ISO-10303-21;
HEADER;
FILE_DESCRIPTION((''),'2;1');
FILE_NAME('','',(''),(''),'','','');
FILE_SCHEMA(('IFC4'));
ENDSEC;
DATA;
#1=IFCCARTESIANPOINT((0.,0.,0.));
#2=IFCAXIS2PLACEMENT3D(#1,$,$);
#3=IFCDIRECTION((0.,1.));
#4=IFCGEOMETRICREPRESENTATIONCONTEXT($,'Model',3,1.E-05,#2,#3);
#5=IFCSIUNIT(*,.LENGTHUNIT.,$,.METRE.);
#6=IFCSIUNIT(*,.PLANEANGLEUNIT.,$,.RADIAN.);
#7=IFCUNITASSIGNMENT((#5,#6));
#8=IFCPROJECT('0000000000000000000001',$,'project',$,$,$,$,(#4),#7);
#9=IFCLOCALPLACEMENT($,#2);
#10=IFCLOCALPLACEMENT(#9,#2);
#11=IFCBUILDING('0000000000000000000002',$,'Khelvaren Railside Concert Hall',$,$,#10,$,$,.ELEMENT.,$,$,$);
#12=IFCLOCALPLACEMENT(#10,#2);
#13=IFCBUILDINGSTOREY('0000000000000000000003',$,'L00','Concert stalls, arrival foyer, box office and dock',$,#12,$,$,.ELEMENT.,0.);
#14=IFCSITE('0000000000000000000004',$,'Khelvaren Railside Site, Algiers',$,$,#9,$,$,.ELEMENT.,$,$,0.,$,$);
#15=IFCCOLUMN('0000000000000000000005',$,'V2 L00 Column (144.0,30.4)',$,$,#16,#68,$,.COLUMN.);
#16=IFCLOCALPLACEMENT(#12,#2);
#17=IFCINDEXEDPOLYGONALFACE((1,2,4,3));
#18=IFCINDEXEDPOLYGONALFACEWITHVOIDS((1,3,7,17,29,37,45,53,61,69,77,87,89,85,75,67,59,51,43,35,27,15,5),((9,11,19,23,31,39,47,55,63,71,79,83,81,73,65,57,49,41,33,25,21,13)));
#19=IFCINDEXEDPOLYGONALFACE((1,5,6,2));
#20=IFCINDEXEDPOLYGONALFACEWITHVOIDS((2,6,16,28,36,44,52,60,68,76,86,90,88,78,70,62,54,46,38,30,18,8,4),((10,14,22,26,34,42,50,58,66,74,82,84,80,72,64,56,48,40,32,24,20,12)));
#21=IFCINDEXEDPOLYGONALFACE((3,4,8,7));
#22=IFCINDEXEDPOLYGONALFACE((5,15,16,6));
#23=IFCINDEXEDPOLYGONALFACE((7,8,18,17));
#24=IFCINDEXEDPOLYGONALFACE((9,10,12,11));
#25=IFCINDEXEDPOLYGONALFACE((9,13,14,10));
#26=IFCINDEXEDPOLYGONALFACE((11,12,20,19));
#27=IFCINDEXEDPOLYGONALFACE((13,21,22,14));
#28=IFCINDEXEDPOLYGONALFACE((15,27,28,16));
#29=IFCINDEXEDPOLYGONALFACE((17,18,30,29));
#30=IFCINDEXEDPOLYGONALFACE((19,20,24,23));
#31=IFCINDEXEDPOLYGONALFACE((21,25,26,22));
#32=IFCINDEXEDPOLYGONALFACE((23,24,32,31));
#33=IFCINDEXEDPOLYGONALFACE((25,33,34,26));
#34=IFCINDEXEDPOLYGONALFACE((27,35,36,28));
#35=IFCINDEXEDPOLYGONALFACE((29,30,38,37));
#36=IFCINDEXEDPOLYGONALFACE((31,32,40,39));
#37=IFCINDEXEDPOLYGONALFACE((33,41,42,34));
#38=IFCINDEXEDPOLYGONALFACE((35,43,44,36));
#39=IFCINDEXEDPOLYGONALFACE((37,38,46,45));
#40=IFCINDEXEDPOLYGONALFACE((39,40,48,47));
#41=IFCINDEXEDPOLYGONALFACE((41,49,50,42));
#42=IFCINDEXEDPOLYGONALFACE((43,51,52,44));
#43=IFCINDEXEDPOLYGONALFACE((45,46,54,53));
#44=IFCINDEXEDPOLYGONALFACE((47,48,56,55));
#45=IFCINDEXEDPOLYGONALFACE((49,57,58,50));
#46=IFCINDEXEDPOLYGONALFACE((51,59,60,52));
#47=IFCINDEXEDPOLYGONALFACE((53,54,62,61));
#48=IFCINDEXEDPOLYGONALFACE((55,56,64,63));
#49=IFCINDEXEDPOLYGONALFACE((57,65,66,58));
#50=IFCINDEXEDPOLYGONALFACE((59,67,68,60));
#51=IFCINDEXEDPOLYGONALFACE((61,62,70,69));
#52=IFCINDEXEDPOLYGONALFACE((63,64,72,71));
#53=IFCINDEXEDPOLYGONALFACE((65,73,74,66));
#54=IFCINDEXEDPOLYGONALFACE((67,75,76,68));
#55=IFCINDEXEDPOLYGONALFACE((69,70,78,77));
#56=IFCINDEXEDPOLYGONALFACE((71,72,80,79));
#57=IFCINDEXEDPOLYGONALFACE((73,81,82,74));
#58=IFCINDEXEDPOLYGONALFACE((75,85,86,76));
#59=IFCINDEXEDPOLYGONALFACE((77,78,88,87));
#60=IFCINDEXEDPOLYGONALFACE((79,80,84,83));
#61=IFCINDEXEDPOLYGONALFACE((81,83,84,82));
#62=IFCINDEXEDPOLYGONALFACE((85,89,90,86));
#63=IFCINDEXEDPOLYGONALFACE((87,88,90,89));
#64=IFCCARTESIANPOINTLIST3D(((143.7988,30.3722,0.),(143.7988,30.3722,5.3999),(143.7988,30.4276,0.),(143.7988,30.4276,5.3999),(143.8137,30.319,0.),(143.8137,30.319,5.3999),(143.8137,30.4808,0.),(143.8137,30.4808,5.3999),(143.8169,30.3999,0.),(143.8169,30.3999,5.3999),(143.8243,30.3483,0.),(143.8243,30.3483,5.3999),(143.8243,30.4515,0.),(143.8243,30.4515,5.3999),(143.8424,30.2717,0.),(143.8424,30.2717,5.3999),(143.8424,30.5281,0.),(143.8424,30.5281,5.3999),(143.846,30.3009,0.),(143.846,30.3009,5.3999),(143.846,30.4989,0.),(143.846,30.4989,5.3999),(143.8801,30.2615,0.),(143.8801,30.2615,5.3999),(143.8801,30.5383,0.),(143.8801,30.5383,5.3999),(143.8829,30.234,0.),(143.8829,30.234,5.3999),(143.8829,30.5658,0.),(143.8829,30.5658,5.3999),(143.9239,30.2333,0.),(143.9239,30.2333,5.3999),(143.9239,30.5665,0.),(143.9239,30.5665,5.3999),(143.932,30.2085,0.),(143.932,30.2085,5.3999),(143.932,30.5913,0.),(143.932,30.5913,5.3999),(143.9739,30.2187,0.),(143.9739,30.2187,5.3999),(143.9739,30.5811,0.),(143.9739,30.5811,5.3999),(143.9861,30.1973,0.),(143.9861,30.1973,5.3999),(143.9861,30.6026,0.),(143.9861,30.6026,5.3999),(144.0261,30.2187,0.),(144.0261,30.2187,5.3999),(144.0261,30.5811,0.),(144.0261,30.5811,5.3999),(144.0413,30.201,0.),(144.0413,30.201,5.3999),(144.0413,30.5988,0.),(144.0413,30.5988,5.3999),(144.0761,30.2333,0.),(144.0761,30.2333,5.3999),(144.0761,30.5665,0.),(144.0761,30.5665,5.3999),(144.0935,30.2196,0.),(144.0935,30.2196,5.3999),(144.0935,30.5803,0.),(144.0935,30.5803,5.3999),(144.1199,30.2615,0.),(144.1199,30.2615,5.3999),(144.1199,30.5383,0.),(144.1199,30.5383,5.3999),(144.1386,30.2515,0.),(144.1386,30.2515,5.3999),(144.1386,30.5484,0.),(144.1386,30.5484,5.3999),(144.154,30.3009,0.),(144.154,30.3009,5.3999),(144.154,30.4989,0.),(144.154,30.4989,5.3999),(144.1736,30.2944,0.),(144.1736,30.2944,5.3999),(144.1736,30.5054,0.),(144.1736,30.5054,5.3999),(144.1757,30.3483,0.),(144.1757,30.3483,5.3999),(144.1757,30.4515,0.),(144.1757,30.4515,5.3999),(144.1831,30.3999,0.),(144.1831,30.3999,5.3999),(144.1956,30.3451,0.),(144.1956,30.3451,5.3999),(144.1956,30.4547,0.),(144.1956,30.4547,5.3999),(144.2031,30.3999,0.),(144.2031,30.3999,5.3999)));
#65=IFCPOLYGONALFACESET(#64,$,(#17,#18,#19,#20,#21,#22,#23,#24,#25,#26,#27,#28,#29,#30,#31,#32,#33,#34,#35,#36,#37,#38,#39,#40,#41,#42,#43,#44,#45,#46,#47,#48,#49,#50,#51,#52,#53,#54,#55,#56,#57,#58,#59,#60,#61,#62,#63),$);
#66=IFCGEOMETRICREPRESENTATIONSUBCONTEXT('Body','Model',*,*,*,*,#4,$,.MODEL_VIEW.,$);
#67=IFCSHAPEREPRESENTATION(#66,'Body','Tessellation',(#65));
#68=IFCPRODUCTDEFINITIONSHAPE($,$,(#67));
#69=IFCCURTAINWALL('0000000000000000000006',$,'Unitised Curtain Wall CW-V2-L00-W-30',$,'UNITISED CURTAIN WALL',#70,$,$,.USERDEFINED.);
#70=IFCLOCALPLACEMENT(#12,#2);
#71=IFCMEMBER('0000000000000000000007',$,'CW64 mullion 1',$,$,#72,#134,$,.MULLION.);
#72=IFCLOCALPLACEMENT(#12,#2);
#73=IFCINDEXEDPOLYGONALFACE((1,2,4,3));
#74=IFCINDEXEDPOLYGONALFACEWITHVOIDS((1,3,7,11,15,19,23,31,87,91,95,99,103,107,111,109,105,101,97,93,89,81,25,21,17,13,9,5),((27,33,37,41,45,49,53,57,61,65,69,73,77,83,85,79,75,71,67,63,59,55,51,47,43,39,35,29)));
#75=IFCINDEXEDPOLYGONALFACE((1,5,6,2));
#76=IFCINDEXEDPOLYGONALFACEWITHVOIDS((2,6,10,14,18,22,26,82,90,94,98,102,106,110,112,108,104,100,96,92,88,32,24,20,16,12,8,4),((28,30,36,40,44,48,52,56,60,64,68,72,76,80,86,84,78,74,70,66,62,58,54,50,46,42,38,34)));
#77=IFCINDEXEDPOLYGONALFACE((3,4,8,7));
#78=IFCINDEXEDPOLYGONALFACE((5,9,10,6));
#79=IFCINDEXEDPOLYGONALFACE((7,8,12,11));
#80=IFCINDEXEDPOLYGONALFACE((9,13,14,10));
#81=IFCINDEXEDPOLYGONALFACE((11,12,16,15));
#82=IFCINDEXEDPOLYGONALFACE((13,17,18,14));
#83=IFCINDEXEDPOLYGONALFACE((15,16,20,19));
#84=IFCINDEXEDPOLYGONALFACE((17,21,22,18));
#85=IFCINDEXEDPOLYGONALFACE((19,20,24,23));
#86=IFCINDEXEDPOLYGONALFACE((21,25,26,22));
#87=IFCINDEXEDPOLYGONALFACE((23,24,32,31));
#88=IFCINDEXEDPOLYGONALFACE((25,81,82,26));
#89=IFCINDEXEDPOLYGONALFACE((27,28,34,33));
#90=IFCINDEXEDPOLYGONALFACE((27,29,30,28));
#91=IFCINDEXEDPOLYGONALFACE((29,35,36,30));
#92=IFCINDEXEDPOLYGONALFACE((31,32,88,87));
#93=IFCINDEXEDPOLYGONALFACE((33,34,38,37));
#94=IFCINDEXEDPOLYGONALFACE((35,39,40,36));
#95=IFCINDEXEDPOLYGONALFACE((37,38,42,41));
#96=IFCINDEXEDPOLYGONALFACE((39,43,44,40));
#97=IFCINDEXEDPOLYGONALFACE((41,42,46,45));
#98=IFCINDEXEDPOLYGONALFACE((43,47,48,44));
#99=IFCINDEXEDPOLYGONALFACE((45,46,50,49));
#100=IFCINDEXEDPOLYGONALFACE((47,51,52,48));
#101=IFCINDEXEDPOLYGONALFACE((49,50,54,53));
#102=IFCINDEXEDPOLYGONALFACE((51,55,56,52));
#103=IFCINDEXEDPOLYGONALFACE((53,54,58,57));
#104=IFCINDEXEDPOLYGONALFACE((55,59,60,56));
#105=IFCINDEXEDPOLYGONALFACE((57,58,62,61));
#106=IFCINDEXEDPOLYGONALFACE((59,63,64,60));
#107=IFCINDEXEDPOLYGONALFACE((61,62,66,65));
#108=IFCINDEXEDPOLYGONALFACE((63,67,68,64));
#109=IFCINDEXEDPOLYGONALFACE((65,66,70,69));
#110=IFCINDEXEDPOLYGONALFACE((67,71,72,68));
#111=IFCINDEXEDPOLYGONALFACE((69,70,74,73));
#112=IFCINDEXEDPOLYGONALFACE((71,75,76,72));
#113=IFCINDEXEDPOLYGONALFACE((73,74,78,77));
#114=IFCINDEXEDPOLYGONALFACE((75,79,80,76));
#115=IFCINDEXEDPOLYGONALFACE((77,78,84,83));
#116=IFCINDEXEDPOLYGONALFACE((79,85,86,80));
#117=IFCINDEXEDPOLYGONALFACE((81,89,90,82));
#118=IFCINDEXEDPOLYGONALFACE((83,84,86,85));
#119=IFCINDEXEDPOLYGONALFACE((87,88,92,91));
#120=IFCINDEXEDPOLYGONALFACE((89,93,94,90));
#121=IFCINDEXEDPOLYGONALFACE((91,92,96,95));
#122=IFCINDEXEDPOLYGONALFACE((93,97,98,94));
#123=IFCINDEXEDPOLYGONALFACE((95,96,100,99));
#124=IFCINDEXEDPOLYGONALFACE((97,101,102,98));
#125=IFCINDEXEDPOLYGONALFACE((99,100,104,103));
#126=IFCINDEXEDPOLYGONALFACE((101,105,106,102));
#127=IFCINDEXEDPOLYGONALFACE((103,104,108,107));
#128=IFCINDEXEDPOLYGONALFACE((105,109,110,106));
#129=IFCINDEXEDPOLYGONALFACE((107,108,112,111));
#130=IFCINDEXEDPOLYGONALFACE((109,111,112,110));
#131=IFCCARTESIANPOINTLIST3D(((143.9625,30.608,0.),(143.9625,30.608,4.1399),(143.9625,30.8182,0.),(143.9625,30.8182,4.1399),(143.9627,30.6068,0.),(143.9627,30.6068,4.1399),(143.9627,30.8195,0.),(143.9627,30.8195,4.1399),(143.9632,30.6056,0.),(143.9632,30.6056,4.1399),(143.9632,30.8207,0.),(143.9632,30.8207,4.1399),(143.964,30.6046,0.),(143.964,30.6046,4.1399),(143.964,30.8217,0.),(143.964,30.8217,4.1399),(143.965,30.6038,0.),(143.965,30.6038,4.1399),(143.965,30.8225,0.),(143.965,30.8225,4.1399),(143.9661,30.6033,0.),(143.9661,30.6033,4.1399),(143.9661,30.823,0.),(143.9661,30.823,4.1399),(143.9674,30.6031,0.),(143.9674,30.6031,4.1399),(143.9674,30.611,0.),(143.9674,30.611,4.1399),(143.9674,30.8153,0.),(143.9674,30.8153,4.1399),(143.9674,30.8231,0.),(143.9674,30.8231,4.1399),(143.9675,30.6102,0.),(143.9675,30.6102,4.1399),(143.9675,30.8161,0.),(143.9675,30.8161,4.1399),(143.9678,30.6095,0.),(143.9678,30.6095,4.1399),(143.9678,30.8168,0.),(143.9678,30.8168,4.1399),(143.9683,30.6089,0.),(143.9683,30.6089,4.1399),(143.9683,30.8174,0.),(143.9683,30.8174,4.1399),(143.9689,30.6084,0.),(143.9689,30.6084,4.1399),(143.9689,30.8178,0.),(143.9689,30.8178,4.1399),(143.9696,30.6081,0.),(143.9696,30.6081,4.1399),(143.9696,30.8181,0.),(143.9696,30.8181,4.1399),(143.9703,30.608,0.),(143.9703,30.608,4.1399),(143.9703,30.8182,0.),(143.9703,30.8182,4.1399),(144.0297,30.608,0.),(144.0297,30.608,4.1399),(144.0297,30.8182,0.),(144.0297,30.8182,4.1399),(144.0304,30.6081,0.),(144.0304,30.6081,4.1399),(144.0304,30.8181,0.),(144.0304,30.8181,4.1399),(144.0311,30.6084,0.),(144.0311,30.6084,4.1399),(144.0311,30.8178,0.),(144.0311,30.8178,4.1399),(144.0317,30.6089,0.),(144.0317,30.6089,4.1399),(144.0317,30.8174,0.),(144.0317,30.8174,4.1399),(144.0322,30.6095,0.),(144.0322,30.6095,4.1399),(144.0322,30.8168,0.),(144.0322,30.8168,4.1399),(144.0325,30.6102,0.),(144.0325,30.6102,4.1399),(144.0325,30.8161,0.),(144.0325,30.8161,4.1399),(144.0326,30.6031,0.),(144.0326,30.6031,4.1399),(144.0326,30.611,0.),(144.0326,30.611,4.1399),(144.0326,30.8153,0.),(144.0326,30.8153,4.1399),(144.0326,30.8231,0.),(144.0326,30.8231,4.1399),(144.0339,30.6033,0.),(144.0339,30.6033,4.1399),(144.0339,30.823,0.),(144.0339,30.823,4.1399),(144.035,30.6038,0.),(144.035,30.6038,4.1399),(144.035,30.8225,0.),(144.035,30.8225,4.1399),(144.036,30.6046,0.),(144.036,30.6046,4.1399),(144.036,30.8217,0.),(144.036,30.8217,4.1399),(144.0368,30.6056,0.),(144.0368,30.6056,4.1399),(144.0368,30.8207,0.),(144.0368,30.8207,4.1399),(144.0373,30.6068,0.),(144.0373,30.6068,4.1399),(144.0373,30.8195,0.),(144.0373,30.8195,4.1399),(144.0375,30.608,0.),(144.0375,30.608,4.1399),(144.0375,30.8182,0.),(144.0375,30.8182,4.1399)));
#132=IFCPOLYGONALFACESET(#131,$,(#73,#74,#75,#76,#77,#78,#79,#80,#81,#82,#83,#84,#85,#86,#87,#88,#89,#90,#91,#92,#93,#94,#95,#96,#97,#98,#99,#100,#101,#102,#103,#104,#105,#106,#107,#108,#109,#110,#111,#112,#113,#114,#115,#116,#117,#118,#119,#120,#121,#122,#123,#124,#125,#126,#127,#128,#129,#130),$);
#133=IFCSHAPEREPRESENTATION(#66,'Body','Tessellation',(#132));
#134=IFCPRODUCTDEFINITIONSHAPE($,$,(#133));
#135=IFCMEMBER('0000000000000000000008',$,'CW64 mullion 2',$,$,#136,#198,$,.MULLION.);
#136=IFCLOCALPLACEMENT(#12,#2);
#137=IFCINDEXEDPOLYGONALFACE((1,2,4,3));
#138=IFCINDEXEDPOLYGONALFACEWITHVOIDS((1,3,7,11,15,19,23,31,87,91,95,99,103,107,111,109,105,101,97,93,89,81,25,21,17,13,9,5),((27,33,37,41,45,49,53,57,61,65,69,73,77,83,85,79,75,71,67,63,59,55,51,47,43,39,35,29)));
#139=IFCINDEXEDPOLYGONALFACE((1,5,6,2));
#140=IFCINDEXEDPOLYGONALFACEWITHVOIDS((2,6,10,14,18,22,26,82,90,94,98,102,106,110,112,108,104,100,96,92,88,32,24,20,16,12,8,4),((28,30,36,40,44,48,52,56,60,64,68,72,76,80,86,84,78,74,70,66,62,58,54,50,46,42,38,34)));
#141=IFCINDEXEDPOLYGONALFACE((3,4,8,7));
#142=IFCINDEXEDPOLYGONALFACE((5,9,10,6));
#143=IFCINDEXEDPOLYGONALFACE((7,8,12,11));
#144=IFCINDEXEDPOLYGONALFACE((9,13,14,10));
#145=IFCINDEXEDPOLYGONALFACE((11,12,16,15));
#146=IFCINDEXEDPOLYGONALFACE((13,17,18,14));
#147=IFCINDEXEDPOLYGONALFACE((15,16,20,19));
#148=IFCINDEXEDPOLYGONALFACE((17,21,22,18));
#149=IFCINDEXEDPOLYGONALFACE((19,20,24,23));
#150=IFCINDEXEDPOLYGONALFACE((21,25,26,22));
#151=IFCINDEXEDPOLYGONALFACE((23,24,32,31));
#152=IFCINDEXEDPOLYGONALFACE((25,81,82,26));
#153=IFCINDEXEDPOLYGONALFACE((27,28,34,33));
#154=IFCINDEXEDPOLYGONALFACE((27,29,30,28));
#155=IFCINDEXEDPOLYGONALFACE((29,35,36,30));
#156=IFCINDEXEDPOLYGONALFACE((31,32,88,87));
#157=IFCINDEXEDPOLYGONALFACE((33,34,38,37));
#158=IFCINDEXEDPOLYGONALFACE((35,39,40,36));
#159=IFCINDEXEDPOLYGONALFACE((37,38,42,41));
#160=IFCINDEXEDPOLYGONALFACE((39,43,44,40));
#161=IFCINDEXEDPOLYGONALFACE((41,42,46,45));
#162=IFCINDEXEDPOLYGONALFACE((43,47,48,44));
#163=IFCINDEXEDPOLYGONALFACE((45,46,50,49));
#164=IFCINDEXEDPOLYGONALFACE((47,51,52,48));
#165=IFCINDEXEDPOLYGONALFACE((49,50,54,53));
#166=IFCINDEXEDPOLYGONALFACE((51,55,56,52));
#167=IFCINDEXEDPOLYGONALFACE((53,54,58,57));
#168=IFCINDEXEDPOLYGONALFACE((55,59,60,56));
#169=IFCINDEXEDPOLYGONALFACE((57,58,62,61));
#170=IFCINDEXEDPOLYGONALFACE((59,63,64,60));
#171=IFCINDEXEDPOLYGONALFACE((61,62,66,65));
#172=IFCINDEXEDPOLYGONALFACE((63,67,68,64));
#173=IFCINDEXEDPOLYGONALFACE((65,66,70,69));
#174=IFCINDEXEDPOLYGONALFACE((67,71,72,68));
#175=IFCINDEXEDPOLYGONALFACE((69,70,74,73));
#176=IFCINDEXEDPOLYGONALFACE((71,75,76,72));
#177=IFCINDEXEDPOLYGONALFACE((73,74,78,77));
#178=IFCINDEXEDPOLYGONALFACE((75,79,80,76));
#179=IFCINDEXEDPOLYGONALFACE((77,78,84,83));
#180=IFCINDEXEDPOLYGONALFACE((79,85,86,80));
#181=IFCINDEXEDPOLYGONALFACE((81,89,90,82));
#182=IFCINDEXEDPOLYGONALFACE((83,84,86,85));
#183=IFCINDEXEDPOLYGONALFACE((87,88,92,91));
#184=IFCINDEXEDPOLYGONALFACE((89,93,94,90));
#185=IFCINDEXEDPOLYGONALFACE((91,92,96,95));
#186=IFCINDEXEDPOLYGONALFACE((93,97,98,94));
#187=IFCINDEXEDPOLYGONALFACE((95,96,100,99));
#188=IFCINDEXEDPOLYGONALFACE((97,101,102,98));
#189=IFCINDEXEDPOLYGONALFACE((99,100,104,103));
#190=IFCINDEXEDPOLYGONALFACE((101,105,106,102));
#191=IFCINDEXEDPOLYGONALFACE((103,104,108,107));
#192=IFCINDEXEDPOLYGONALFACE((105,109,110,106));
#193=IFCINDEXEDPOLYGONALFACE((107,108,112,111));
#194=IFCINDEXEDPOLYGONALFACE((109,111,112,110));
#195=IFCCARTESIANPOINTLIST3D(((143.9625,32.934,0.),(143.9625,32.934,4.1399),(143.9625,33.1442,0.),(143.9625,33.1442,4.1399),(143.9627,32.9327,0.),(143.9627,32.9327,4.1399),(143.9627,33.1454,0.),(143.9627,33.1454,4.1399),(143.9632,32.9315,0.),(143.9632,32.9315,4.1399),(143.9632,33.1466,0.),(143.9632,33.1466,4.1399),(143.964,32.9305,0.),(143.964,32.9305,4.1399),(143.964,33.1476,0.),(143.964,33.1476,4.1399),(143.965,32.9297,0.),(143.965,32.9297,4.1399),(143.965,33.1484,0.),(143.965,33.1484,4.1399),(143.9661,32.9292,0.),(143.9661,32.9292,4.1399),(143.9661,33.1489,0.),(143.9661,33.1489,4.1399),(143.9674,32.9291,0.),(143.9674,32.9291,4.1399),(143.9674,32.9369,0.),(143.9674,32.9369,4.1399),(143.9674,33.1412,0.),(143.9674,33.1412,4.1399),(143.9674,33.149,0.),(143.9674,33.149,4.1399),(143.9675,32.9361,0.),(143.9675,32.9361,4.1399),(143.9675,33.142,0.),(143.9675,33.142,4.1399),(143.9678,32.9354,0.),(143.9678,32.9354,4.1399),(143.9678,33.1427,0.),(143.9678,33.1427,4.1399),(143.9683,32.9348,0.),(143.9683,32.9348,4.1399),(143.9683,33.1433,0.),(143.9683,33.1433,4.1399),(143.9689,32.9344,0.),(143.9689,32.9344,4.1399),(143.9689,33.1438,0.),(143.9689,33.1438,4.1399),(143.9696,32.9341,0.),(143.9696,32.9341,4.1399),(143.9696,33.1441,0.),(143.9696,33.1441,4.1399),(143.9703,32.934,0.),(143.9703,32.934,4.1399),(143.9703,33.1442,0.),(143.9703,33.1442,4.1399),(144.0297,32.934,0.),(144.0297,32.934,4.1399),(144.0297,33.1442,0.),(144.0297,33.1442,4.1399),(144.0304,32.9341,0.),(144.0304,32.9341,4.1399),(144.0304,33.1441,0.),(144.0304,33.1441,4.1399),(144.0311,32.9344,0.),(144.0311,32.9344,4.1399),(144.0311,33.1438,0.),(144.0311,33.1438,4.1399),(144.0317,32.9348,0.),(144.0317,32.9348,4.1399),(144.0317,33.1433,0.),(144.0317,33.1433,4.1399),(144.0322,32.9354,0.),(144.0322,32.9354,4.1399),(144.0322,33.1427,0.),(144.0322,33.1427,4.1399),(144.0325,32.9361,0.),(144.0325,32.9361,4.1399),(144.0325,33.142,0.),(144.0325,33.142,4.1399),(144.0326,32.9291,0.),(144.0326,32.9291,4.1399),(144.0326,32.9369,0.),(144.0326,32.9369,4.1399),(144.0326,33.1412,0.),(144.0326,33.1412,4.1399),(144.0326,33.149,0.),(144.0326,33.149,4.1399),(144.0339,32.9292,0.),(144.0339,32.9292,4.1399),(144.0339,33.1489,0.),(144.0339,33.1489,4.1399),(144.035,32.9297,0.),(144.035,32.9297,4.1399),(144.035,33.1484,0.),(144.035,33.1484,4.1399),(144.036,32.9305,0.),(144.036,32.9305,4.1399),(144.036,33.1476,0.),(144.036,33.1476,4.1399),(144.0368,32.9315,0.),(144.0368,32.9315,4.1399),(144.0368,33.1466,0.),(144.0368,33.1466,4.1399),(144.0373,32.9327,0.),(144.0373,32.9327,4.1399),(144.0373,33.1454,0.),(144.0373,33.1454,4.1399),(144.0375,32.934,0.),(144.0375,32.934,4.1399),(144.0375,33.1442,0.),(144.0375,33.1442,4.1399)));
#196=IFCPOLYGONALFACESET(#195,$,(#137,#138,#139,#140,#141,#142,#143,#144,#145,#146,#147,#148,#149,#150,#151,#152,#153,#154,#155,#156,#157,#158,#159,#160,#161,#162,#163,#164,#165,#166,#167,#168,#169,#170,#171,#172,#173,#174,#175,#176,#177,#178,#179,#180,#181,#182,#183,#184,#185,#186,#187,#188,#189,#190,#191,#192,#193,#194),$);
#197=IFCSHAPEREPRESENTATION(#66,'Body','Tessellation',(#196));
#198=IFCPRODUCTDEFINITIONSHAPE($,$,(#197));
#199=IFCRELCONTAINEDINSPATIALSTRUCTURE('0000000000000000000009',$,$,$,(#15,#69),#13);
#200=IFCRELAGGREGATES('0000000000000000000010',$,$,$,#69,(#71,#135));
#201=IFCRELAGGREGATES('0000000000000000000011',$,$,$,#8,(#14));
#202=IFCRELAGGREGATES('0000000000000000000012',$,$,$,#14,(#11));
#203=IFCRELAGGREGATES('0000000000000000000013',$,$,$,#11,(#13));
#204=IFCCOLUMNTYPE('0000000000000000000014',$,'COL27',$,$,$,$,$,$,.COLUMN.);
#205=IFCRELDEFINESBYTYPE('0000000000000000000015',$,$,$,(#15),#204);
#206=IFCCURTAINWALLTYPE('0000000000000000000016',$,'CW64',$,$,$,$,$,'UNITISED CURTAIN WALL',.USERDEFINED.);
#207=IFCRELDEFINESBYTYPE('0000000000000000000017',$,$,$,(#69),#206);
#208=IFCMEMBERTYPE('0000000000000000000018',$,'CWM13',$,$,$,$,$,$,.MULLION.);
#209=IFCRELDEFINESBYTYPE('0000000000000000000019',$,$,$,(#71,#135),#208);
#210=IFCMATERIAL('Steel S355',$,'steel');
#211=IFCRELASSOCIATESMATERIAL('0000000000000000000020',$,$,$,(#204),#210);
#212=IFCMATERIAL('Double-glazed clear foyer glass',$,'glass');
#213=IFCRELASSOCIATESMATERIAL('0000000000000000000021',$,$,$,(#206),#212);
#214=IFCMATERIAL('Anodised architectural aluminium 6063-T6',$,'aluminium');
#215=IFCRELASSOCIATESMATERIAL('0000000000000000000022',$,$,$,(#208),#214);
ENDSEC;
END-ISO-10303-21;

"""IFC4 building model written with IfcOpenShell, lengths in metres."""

from ifc_helpers import new_model, si_unit, direction, frame, origin, origin_2d, place, context, subcontext, project, spatial, hollow_rectangle, hollow_circle, extrude, material, material_profile, profile_set, type_object, element, aggregate, save


model = new_model("IFC4")

# Units and contexts
model_context = context("Model", 3, precision=1e-05, world=origin(), true_north=direction((0.0, 1.0)))
body_context = subcontext(model_context, "Body", "Model", "MODEL_VIEW")
ifc_project = project(units=[si_unit("LENGTHUNIT", "METRE"), si_unit("PLANEANGLEUNIT", "RADIAN")], contexts=[model_context])

# Site, building, storey
site_placement = place(None, origin())
site = spatial("IfcSite", under=ifc_project, at=site_placement, Name="Khelvaren Railside Site, Algiers", CompositionType="ELEMENT", RefElevation=0.0)
building_placement = place(site_placement, origin())
building = spatial("IfcBuilding", under=site, at=building_placement, Name="Khelvaren Railside Concert Hall", CompositionType="ELEMENT")
storey_placement = place(building_placement, origin())
storey = spatial("IfcBuildingStorey", under=building, at=storey_placement, Name="L00", Description="Concert stalls, arrival foyer, box office and dock", CompositionType="ELEMENT", Elevation=0.0)

# Column
ifc_material_1 = material(Name="Steel S355", Category="steel")
ifc_material_profile_1 = material_profile(ifc_material_1, hollow_circle(Radius=0.2031, WallThickness=0.02, at=origin_2d()), Name="CHS 406.4x20")
ifc_profile_set_1 = profile_set([ifc_material_profile_1], Name="Steel S355")
column_type = type_object("IfcColumnType", Name="COL27", PredefinedType="COLUMN", material=ifc_profile_set_1)
column_placement = place(storey_placement, frame((144.0, 30.3999, 0.0), z_axis=(0.0, 0.0, 1.0), x_axis=(1.0, 0.0, 0.0)))
element("IfcColumn", 1, at=column_placement, inside=storey, type_object=column_type, Name="V2 L00 Column (144.0,30.4)", PredefinedType="COLUMN", context=body_context, shape_type="SweptSolid", body=[
    extrude(hollow_circle(Radius=0.2031, WallThickness=0.02, at=origin_2d()), origin(), (0.0, 0.0, 1.0), 5.3999),
])

# Curtain wall, members
ifc_material_2 = material(Name="Double-glazed clear foyer glass", Category="glass")
curtain_wall_type_1 = type_object("IfcCurtainWallType", Name="CW64", ElementType="UNITISED CURTAIN WALL", PredefinedType="USERDEFINED", material=ifc_material_2)
curtain_wall_1_placement = place(storey_placement, origin())
curtain_wall_1 = element("IfcCurtainWall", 2, at=curtain_wall_1_placement, inside=storey, type_object=curtain_wall_type_1, Name="Unitised Curtain Wall CW-V2-L00-W-30", ObjectType="UNITISED CURTAIN WALL", PredefinedType="USERDEFINED")
ifc_material_3 = material(Name="Anodised architectural aluminium 6063-T6", Category="aluminium")
ifc_material_profile_2 = material_profile(ifc_material_3, hollow_rectangle(XDim=0.075, YDim=0.22, WallThickness=0.0049, InnerFilletRadius=0.0029, OuterFilletRadius=0.0049, at=origin_2d()), Name="CWM 75x220x5")
ifc_profile_set_2 = profile_set([ifc_material_profile_2], Name="Anodised architectural aluminium 6063-T6")
member_type_1 = type_object("IfcMemberType", Name="CWM13", PredefinedType="MULLION", material=ifc_profile_set_2)
member_1_placement = place(storey_placement, frame((144.0, 30.7131, 0.0), z_axis=(0.0, 0.0, 1.0), x_axis=(-1.0, 0.0, 0.0)))
member_1 = element("IfcMember", 3, at=member_1_placement, type_object=member_type_1, Name="CW64 mullion 1", PredefinedType="MULLION", context=body_context, shape_type="SweptSolid", body=[
    extrude(hollow_rectangle(XDim=0.075, YDim=0.22, WallThickness=0.0049, InnerFilletRadius=0.0029, OuterFilletRadius=0.0049, at=origin_2d()), origin(), (0.0, 0.0, 1.0), 4.1399),
])
member_2_placement = place(storey_placement, frame((144.0, 33.0391, 0.0), z_axis=(0.0, 0.0, 1.0), x_axis=(-1.0, 0.0, 0.0)))
member_2 = element("IfcMember", 4, at=member_2_placement, type_object=member_type_1, Name="CW64 mullion 2", PredefinedType="MULLION", context=body_context, shape_type="SweptSolid", body=[
    extrude(hollow_rectangle(XDim=0.075, YDim=0.22, WallThickness=0.0049, InnerFilletRadius=0.0029, OuterFilletRadius=0.0049, at=origin_2d()), origin(), (0.0, 0.0, 1.0), 4.1399),
])

aggregate(curtain_wall_1, [member_1, member_2])

save(model, "model.ifc")
